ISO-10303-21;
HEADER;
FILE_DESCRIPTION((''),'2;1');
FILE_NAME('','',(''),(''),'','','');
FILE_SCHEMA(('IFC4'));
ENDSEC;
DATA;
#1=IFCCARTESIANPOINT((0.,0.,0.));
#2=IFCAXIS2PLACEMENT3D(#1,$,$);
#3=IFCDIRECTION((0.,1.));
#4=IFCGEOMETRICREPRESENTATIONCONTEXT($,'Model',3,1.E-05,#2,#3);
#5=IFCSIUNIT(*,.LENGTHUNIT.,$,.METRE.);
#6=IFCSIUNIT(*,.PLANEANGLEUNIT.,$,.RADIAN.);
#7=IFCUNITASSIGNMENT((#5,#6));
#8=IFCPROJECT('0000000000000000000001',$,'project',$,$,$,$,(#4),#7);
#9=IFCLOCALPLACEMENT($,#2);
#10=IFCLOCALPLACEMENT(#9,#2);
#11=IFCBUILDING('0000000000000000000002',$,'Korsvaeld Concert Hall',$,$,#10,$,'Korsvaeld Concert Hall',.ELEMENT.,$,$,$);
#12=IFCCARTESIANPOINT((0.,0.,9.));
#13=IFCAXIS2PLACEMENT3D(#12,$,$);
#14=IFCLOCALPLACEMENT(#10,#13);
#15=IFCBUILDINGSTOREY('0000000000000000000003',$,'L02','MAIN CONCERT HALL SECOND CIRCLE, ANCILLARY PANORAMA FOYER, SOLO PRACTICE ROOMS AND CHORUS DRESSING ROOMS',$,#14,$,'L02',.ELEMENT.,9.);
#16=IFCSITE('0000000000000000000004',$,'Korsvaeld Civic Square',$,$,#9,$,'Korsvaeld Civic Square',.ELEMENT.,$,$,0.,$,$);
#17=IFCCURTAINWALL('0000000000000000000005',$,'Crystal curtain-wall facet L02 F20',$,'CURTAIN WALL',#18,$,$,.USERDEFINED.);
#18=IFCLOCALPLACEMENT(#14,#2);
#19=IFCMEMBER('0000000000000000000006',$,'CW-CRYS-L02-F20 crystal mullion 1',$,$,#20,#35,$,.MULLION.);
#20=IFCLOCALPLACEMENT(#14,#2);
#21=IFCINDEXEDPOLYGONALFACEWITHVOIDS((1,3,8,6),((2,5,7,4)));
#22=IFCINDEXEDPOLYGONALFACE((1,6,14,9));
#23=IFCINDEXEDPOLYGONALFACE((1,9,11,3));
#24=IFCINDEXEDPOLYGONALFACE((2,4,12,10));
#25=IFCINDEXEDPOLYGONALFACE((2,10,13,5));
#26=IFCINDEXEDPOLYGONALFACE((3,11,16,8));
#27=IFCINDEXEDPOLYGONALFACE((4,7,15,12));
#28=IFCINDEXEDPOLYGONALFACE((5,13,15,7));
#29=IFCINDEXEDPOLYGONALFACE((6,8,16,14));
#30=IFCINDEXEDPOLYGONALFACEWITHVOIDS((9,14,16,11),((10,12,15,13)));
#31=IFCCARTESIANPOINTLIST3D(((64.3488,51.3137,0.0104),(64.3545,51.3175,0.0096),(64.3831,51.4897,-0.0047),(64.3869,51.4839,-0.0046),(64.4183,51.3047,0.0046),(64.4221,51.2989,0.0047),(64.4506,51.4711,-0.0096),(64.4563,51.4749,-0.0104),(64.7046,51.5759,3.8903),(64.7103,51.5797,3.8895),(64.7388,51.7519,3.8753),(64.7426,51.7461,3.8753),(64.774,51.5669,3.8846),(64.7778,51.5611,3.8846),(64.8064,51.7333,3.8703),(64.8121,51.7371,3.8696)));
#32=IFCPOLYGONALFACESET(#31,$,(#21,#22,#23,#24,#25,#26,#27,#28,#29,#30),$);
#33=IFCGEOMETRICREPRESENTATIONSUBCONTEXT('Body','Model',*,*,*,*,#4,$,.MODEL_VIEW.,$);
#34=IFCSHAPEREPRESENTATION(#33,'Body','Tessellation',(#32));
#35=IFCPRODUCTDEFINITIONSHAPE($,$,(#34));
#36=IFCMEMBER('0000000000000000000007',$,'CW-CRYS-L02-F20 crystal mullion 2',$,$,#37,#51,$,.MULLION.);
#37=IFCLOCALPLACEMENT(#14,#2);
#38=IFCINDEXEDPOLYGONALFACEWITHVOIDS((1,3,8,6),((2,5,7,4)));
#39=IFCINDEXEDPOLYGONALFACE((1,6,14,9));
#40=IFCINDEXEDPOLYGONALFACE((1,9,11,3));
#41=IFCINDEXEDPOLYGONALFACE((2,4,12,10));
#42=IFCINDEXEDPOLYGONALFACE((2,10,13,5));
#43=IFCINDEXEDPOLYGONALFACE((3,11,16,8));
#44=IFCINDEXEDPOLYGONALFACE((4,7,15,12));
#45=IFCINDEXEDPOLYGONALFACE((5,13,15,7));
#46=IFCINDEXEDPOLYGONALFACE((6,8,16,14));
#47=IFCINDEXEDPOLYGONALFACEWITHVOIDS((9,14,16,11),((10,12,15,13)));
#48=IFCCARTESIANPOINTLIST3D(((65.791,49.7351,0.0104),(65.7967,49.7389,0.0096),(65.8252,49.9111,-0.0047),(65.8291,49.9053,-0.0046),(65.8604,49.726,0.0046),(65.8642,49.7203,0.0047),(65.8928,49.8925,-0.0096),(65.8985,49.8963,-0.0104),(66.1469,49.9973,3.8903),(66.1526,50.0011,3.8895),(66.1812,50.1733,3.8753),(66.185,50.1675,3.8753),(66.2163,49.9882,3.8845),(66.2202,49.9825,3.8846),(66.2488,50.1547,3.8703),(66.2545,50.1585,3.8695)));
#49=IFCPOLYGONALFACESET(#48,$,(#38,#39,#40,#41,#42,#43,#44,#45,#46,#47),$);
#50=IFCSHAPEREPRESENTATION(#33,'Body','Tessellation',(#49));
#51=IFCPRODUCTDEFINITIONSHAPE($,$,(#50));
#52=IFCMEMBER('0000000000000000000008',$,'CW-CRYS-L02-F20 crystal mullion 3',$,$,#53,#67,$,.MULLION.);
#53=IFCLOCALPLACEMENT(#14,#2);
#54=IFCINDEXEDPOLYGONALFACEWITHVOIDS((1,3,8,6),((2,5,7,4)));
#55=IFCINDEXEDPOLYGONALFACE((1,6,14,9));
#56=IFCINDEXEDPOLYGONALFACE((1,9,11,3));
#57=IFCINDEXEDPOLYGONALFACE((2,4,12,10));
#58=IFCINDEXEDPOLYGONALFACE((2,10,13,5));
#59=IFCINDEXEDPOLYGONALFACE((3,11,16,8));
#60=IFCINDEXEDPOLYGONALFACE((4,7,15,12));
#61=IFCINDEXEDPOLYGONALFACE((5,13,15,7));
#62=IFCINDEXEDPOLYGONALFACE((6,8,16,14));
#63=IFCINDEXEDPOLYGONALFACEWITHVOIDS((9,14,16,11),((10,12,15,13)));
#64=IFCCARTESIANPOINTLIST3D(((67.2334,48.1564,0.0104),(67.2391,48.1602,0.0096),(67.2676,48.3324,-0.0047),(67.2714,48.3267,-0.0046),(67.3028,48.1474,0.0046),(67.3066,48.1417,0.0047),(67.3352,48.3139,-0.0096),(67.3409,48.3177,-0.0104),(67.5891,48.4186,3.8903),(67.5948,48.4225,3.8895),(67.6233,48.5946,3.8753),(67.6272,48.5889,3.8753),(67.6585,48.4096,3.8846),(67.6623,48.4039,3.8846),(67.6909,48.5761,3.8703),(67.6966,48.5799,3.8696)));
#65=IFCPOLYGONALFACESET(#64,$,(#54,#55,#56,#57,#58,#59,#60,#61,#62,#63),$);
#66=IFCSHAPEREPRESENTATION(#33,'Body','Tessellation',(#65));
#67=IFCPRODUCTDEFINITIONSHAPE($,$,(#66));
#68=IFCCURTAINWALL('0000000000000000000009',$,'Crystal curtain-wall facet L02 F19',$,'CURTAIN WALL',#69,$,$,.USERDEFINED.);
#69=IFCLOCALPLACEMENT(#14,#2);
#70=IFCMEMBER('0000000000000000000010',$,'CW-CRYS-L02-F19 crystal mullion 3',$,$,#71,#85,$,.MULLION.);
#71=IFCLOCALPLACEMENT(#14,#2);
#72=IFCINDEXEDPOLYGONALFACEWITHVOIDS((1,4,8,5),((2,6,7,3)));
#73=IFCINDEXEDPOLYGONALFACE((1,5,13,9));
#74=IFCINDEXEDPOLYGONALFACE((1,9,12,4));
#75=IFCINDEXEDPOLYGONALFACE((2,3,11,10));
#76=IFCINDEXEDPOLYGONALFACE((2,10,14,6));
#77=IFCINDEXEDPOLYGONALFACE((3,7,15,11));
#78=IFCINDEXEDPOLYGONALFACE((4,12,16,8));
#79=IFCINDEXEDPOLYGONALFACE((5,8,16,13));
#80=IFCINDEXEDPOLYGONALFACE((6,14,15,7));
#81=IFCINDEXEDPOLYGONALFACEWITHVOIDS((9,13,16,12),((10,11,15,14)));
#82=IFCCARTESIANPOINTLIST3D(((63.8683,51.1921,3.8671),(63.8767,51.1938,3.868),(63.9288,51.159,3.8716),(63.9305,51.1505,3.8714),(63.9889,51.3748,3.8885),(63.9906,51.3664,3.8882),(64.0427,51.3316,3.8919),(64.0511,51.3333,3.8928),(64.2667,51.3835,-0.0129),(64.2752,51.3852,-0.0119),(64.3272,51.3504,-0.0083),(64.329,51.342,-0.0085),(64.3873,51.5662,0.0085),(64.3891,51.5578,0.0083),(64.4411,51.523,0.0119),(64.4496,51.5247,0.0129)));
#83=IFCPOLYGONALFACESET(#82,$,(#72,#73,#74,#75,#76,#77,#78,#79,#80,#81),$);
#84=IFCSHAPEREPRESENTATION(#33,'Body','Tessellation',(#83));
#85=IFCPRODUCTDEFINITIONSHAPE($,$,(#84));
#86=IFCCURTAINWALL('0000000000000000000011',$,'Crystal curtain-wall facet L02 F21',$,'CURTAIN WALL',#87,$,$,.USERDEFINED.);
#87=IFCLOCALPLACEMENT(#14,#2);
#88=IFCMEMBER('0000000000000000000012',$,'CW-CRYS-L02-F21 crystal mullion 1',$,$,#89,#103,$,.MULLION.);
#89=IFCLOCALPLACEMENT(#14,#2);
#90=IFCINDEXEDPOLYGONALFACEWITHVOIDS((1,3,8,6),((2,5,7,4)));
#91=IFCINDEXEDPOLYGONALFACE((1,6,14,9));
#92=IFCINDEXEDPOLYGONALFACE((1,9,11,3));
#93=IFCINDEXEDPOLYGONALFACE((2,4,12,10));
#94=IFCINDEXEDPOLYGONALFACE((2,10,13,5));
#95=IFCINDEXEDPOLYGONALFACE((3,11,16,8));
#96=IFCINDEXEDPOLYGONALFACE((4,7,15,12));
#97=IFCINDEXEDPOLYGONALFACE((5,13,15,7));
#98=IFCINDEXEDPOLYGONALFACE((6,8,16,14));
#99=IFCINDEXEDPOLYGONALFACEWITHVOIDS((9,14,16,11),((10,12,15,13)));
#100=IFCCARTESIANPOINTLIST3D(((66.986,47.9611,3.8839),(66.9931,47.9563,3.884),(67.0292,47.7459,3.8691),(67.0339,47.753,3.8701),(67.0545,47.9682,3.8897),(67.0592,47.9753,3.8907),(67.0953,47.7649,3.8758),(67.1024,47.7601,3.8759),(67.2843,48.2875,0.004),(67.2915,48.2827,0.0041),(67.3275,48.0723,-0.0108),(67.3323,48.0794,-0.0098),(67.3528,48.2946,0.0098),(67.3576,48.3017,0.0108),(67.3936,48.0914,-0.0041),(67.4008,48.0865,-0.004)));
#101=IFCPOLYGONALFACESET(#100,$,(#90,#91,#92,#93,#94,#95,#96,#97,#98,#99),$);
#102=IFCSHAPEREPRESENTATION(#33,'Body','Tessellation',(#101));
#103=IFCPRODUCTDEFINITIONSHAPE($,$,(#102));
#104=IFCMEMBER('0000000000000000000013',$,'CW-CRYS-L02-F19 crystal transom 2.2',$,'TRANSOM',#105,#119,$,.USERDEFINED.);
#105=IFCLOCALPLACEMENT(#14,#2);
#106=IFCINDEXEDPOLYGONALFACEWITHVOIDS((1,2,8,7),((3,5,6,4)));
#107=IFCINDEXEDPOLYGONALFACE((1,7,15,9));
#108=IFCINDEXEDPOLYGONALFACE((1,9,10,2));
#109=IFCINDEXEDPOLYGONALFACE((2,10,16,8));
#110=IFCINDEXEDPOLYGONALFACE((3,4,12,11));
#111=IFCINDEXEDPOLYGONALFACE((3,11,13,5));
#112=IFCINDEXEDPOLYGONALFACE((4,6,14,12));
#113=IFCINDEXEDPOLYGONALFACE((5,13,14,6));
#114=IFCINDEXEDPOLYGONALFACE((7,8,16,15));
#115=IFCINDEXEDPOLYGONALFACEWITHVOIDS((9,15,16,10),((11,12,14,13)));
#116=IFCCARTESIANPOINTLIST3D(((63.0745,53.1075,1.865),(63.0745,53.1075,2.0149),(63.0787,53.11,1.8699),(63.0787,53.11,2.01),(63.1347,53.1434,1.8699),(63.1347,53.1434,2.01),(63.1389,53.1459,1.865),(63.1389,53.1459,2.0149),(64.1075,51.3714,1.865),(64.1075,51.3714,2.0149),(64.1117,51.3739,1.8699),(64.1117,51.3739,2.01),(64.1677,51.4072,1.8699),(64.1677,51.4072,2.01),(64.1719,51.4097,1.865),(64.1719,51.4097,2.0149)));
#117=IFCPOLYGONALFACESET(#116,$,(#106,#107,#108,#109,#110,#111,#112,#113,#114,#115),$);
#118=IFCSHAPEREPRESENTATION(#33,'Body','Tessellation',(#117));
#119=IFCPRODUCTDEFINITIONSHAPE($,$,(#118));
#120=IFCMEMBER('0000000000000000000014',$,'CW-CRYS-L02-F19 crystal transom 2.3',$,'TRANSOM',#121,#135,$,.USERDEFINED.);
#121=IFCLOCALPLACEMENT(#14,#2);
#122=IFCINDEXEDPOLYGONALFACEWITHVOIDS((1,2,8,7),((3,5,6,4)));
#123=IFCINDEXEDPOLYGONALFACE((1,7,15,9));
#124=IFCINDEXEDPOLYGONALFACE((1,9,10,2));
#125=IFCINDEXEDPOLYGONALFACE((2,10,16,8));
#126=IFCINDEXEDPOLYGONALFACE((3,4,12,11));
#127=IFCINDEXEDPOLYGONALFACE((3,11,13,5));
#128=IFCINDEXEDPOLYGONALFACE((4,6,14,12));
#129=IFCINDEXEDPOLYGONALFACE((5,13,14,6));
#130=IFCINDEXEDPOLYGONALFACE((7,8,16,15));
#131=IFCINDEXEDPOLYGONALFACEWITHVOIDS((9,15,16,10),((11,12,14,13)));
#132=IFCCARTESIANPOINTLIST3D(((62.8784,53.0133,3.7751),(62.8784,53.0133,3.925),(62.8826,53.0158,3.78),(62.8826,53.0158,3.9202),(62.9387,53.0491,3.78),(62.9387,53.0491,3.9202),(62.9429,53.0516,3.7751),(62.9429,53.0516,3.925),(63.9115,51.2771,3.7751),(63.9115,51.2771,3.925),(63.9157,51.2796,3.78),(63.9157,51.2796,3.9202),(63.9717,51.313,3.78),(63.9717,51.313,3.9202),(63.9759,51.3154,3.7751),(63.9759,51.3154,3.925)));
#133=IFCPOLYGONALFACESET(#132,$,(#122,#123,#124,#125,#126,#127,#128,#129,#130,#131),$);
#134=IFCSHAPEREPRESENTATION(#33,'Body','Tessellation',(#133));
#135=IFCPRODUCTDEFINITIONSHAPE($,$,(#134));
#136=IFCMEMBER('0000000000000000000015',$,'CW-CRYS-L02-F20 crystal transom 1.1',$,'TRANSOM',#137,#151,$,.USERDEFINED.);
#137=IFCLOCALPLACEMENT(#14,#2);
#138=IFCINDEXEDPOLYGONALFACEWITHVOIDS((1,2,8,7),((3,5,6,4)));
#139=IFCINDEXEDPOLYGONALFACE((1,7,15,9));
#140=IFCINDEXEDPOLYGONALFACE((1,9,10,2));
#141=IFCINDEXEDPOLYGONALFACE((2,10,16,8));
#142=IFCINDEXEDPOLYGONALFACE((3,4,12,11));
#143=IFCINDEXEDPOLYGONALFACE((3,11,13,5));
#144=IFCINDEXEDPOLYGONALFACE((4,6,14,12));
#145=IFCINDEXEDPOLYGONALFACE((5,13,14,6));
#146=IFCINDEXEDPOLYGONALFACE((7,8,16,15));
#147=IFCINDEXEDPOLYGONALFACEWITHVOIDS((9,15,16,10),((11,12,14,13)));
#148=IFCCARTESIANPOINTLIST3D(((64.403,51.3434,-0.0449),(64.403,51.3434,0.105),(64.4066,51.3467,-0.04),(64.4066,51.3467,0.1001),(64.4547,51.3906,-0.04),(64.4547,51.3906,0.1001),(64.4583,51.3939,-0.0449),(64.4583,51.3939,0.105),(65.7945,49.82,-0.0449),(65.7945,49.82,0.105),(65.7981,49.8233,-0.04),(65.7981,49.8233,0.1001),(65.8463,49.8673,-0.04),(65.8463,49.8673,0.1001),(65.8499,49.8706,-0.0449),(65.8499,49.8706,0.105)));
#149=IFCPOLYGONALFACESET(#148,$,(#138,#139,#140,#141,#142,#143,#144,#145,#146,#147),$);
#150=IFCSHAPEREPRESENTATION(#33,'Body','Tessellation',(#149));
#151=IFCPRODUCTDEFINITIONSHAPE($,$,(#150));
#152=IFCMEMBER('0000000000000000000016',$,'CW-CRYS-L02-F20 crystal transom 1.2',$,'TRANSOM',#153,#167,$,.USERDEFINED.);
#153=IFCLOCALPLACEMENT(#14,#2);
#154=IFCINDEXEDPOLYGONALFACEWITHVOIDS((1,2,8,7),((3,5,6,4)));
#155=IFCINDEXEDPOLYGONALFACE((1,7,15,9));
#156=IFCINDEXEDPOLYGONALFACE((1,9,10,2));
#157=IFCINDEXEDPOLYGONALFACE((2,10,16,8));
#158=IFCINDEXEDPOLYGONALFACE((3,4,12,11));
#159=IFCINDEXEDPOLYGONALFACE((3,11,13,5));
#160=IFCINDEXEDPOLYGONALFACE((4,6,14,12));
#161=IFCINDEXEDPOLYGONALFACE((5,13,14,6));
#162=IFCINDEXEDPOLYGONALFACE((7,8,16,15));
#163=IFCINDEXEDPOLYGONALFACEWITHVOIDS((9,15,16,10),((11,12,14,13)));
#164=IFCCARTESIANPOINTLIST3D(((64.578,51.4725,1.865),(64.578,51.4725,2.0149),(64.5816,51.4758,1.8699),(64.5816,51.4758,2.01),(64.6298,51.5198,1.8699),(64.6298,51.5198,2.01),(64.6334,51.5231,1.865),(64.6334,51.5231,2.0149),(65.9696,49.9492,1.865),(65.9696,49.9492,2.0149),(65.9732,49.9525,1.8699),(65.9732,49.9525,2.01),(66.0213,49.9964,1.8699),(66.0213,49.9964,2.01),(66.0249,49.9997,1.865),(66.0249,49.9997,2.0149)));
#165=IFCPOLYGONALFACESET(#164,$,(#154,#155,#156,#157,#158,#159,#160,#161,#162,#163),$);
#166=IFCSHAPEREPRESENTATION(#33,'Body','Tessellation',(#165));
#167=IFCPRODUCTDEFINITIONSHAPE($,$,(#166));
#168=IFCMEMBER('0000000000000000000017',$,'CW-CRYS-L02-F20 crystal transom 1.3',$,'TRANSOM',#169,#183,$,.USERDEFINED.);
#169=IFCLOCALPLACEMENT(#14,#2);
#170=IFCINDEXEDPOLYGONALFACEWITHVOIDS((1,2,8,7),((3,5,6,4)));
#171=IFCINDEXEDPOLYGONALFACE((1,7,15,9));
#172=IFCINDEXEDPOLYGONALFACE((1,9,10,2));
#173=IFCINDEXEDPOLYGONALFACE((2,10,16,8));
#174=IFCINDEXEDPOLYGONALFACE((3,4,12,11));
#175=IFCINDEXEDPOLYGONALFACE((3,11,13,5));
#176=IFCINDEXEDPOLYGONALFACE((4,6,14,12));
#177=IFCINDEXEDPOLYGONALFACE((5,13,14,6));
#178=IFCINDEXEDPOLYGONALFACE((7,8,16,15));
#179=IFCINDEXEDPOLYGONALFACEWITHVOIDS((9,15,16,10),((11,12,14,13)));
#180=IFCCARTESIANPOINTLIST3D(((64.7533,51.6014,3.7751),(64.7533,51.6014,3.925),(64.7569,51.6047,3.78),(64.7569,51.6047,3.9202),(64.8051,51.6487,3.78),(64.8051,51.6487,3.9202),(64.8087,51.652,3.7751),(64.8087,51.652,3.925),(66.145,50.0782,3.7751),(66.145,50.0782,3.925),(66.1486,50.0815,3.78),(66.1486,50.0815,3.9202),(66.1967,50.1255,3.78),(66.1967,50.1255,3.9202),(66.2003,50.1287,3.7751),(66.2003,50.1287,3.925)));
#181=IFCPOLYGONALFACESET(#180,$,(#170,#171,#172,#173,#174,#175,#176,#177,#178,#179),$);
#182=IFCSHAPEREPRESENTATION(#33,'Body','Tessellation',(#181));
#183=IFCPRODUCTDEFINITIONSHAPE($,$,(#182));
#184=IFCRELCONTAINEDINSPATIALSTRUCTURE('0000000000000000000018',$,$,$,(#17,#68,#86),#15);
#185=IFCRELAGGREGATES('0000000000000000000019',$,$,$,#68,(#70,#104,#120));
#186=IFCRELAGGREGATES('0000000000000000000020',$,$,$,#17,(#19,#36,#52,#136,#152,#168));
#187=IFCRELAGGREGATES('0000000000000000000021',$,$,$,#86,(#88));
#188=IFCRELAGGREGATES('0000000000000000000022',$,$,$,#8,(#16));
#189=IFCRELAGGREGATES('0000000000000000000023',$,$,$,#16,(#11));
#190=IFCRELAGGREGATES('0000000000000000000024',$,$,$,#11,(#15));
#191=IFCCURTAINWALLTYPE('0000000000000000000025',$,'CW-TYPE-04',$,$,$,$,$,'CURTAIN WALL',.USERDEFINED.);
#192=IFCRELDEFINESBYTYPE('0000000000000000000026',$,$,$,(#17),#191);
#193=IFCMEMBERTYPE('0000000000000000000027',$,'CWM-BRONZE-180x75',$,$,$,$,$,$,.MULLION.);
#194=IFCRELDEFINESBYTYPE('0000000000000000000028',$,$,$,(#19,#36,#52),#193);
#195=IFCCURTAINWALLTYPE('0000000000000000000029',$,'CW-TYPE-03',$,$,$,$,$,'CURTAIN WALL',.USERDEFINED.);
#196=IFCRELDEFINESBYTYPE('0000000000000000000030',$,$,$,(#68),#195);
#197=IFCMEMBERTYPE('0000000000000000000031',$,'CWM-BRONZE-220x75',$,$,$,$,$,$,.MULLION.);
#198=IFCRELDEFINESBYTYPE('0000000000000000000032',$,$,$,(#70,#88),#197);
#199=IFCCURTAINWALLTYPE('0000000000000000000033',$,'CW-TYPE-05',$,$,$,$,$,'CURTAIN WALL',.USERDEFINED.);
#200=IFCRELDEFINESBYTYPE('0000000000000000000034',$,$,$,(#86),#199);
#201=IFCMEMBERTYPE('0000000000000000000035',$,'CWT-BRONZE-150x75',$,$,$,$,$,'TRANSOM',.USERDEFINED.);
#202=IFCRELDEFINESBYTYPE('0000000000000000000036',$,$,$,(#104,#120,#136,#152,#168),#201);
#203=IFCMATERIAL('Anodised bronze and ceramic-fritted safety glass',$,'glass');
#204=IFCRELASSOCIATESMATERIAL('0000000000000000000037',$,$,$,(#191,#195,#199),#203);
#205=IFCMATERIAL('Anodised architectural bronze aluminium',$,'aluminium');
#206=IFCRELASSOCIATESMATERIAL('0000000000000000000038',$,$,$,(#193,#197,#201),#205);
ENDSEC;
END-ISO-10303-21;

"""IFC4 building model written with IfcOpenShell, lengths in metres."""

from ifc_helpers import new_model, si_unit, direction, frame, origin, origin_2d, place, context, subcontext, project, spatial, hollow_rectangle, extrude, material, material_profile, profile_set, type_object, element, aggregate, save


model = new_model("IFC4")

# Units and contexts
model_context = context("Model", 3, precision=1e-05, world=origin(), true_north=direction((0.0, 1.0)))
body_context = subcontext(model_context, "Body", "Model", "MODEL_VIEW")
ifc_project = project(units=[si_unit("LENGTHUNIT", "METRE"), si_unit("PLANEANGLEUNIT", "RADIAN")], contexts=[model_context])

# Site, building, storey
site_placement = place(None, origin())
site = spatial("IfcSite", under=ifc_project, at=site_placement, Name="Korsvaeld Civic Square", LongName="Korsvaeld Civic Square", CompositionType="ELEMENT", RefElevation=0.0)
building_placement = place(site_placement, origin())
building = spatial("IfcBuilding", under=site, at=building_placement, Name="Korsvaeld Concert Hall", LongName="Korsvaeld Concert Hall", CompositionType="ELEMENT")
storey_placement = place(building_placement, frame((0.0, 0.0, 9.0)))
storey = spatial("IfcBuildingStorey", under=building, at=storey_placement, Name="L02", Description="MAIN CONCERT HALL SECOND CIRCLE, ANCILLARY PANORAMA FOYER, SOLO PRACTICE ROOMS AND CHORUS DRESSING ROOMS", LongName="L02", CompositionType="ELEMENT", Elevation=9.0)

# Curtain wall, members
ifc_material_1 = material(Name="Anodised bronze and ceramic-fritted safety glass", Category="glass")
curtain_wall_type_1 = type_object("IfcCurtainWallType", Name="CW-TYPE-04", ElementType="CURTAIN WALL", PredefinedType="USERDEFINED", material=ifc_material_1)
curtain_wall_1_placement = place(storey_placement, origin())
curtain_wall_1 = element("IfcCurtainWall", 1, at=curtain_wall_1_placement, inside=storey, type_object=curtain_wall_type_1, Name="Crystal curtain-wall facet L02 F20", ObjectType="CURTAIN WALL", PredefinedType="USERDEFINED")
ifc_material_2 = material(Name="Anodised architectural bronze aluminium", Category="aluminium")
ifc_material_profile_1 = material_profile(ifc_material_2, hollow_rectangle(XDim=0.075, YDim=0.1799, WallThickness=0.0049, at=origin_2d()), Name="CWM 180x75x5")
ifc_profile_set_1 = profile_set([ifc_material_profile_1], Name="Anodised architectural bronze aluminium")
member_type_1 = type_object("IfcMemberType", Name="CWM-BRONZE-180x75", PredefinedType="MULLION", material=ifc_profile_set_1)
member_1_placement = place(storey_placement, frame((64.4026, 51.3943, 0.0), z_axis=(0.091092, 0.067147, 0.993576), x_axis=(-0.9775, 0.196641, 0.076329)))
member_1 = element("IfcMember", 2, at=member_1_placement, type_object=member_type_1, Name="CW-CRYS-L02-F20 crystal mullion 1", PredefinedType="MULLION", context=body_context, shape_type="SweptSolid", body=[
    extrude(hollow_rectangle(XDim=0.075, YDim=0.1799, WallThickness=0.0049, at=origin_2d()), origin(), (0.0, 0.0, 1.0), 3.905),
])
member_2_placement = place(storey_placement, frame((65.8447, 49.8157, 0.0), z_axis=(0.091154, 0.067147, 0.99357), x_axis=(-0.977432, 0.196963, 0.076363)))
member_2 = element("IfcMember", 3, at=member_2_placement, type_object=member_type_1, Name="CW-CRYS-L02-F20 crystal mullion 2", PredefinedType="MULLION", context=body_context, shape_type="SweptSolid", body=[
    extrude(hollow_rectangle(XDim=0.075, YDim=0.1799, WallThickness=0.0049, at=origin_2d()), origin(), (0.0, 0.0, 1.0), 3.905),
])
member_3_placement = place(storey_placement, frame((67.2871, 48.2371, 0.0), z_axis=(0.091092, 0.067147, 0.993576), x_axis=(-0.9775, 0.196641, 0.076329)))
member_3 = element("IfcMember", 4, at=member_3_placement, type_object=member_type_1, Name="CW-CRYS-L02-F20 crystal mullion 3", PredefinedType="MULLION", context=body_context, shape_type="SweptSolid", body=[
    extrude(hollow_rectangle(XDim=0.075, YDim=0.1799, WallThickness=0.0049, at=origin_2d()), origin(), (0.0, 0.0, 1.0), 3.905),
])

# Curtain walls, members
curtain_wall_type_2 = type_object("IfcCurtainWallType", Name="CW-TYPE-03", ElementType="CURTAIN WALL", PredefinedType="USERDEFINED", material=ifc_material_1)
curtain_wall_2_placement = place(storey_placement, origin())
curtain_wall_2 = element("IfcCurtainWall", 5, at=curtain_wall_2_placement, inside=storey, type_object=curtain_wall_type_2, Name="Crystal curtain-wall facet L02 F19", ObjectType="CURTAIN WALL", PredefinedType="USERDEFINED")
ifc_material_profile_2 = material_profile(ifc_material_2, hollow_rectangle(XDim=0.075, YDim=0.22, WallThickness=0.0061, at=origin_2d()), Name="CWM 220x75x6")
ifc_profile_set_2 = profile_set([ifc_material_profile_2], Name="Anodised architectural bronze aluminium")
member_type_2 = type_object("IfcMemberType", Name="CWM-BRONZE-220x75", PredefinedType="MULLION", material=ifc_profile_set_2)
member_4_placement = place(storey_placement, frame((64.3582, 51.4541, 0.0), z_axis=(-0.102033, -0.049016, 0.993573), x_axis=(0.830086, -0.554624, 0.057883)))
member_4 = element("IfcMember", 6, at=member_4_placement, type_object=member_type_2, Name="CW-CRYS-L02-F19 crystal mullion 3", PredefinedType="MULLION", context=body_context, shape_type="SweptSolid", body=[
    extrude(hollow_rectangle(XDim=0.075, YDim=0.22, WallThickness=0.0061, at=origin_2d()), origin(), (0.0, 0.0, 1.0), 3.905),
])
curtain_wall_type_3 = type_object("IfcCurtainWallType", Name="CW-TYPE-05", ElementType="CURTAIN WALL", PredefinedType="USERDEFINED", material=ifc_material_1)
curtain_wall_3_placement = place(storey_placement, origin())
curtain_wall_3 = element("IfcCurtainWall", 7, at=curtain_wall_3_placement, inside=storey, type_object=curtain_wall_type_3, Name="Crystal curtain-wall facet L02 F21", ObjectType="CURTAIN WALL", PredefinedType="USERDEFINED")
member_5_placement = place(storey_placement, frame((67.3425, 48.187, 0.0), z_axis=(-0.076399, -0.083589, 0.993567), x_axis=(0.977549, 0.18997, 0.09115)))
member_5 = element("IfcMember", 8, at=member_5_placement, type_object=member_type_2, Name="CW-CRYS-L02-F21 crystal mullion 1", PredefinedType="MULLION", context=body_context, shape_type="SweptSolid", body=[
    extrude(hollow_rectangle(XDim=0.075, YDim=0.22, WallThickness=0.0061, at=origin_2d()), origin(), (0.0, 0.0, 1.0), 3.905),
])

# Members
ifc_material_profile_3 = material_profile(ifc_material_2, hollow_rectangle(XDim=0.075, YDim=0.1499, WallThickness=0.0049, at=origin_2d()), Name="CWT 150x75x5")
ifc_profile_set_3 = profile_set([ifc_material_profile_3], Name="Anodised architectural bronze aluminium")
member_type_3 = type_object("IfcMemberType", Name="CWT-BRONZE-150x75", ElementType="TRANSOM", PredefinedType="USERDEFINED", material=ifc_profile_set_3)
member_6_placement = place(storey_placement, frame((63.1067, 53.1267, 1.9399), z_axis=(0.511329, -0.859385, 0.0), x_axis=(0.859385, 0.511329, 0.0)))
member_6 = element("IfcMember", 9, at=member_6_placement, type_object=member_type_3, Name="CW-CRYS-L02-F19 crystal transom 2.2", ObjectType="TRANSOM", PredefinedType="USERDEFINED", context=body_context, shape_type="SweptSolid", body=[
    extrude(hollow_rectangle(XDim=0.075, YDim=0.1499, WallThickness=0.0049, at=origin_2d()), origin(), (0.0, 0.0, 1.0), 2.0203),
])
member_7_placement = place(storey_placement, frame((62.9106, 53.0325, 3.8501), z_axis=(0.511329, -0.859385, 0.0), x_axis=(0.859385, 0.511329, 0.0)))
member_7 = element("IfcMember", 10, at=member_7_placement, type_object=member_type_3, Name="CW-CRYS-L02-F19 crystal transom 2.3", ObjectType="TRANSOM", PredefinedType="USERDEFINED", context=body_context, shape_type="SweptSolid", body=[
    extrude(hollow_rectangle(XDim=0.075, YDim=0.1499, WallThickness=0.0049, at=origin_2d()), origin(), (0.0, 0.0, 1.0), 2.0203),
])
member_8_placement = place(storey_placement, frame((64.4307, 51.3687, 0.03), z_axis=(0.674438, -0.738332, 0.0), x_axis=(0.738332, 0.674438, 0.0)))
member_8 = element("IfcMember", 11, at=member_8_placement, type_object=member_type_3, Name="CW-CRYS-L02-F20 crystal transom 1.1", ObjectType="TRANSOM", PredefinedType="USERDEFINED", context=body_context, shape_type="SweptSolid", body=[
    extrude(hollow_rectangle(XDim=0.075, YDim=0.1499, WallThickness=0.0049, at=origin_2d()), origin(), (0.0, 0.0, 1.0), 2.0632),
])
member_9_placement = place(storey_placement, frame((64.6057, 51.4978, 1.9399), z_axis=(0.674438, -0.738332, 0.0), x_axis=(0.738332, 0.674438, 0.0)))
member_9 = element("IfcMember", 12, at=member_9_placement, type_object=member_type_3, Name="CW-CRYS-L02-F20 crystal transom 1.2", ObjectType="TRANSOM", PredefinedType="USERDEFINED", context=body_context, shape_type="SweptSolid", body=[
    extrude(hollow_rectangle(XDim=0.075, YDim=0.1499, WallThickness=0.0049, at=origin_2d()), origin(), (0.0, 0.0, 1.0), 2.0632),
])
member_10_placement = place(storey_placement, frame((64.781, 51.6267, 3.8501), z_axis=(0.674497, -0.738278, 0.0), x_axis=(0.738278, 0.674497, 0.0)))
member_10 = element("IfcMember", 13, at=member_10_placement, type_object=member_type_3, Name="CW-CRYS-L02-F20 crystal transom 1.3", ObjectType="TRANSOM", PredefinedType="USERDEFINED", context=body_context, shape_type="SweptSolid", body=[
    extrude(hollow_rectangle(XDim=0.075, YDim=0.1499, WallThickness=0.0049, at=origin_2d()), origin(), (0.0, 0.0, 1.0), 2.0632),
])

aggregate(curtain_wall_2, [member_4, member_6, member_7])
aggregate(curtain_wall_1, [member_1, member_2, member_3, member_8, member_9, member_10])
aggregate(curtain_wall_3, [member_5])

save(model, "model.ifc")
